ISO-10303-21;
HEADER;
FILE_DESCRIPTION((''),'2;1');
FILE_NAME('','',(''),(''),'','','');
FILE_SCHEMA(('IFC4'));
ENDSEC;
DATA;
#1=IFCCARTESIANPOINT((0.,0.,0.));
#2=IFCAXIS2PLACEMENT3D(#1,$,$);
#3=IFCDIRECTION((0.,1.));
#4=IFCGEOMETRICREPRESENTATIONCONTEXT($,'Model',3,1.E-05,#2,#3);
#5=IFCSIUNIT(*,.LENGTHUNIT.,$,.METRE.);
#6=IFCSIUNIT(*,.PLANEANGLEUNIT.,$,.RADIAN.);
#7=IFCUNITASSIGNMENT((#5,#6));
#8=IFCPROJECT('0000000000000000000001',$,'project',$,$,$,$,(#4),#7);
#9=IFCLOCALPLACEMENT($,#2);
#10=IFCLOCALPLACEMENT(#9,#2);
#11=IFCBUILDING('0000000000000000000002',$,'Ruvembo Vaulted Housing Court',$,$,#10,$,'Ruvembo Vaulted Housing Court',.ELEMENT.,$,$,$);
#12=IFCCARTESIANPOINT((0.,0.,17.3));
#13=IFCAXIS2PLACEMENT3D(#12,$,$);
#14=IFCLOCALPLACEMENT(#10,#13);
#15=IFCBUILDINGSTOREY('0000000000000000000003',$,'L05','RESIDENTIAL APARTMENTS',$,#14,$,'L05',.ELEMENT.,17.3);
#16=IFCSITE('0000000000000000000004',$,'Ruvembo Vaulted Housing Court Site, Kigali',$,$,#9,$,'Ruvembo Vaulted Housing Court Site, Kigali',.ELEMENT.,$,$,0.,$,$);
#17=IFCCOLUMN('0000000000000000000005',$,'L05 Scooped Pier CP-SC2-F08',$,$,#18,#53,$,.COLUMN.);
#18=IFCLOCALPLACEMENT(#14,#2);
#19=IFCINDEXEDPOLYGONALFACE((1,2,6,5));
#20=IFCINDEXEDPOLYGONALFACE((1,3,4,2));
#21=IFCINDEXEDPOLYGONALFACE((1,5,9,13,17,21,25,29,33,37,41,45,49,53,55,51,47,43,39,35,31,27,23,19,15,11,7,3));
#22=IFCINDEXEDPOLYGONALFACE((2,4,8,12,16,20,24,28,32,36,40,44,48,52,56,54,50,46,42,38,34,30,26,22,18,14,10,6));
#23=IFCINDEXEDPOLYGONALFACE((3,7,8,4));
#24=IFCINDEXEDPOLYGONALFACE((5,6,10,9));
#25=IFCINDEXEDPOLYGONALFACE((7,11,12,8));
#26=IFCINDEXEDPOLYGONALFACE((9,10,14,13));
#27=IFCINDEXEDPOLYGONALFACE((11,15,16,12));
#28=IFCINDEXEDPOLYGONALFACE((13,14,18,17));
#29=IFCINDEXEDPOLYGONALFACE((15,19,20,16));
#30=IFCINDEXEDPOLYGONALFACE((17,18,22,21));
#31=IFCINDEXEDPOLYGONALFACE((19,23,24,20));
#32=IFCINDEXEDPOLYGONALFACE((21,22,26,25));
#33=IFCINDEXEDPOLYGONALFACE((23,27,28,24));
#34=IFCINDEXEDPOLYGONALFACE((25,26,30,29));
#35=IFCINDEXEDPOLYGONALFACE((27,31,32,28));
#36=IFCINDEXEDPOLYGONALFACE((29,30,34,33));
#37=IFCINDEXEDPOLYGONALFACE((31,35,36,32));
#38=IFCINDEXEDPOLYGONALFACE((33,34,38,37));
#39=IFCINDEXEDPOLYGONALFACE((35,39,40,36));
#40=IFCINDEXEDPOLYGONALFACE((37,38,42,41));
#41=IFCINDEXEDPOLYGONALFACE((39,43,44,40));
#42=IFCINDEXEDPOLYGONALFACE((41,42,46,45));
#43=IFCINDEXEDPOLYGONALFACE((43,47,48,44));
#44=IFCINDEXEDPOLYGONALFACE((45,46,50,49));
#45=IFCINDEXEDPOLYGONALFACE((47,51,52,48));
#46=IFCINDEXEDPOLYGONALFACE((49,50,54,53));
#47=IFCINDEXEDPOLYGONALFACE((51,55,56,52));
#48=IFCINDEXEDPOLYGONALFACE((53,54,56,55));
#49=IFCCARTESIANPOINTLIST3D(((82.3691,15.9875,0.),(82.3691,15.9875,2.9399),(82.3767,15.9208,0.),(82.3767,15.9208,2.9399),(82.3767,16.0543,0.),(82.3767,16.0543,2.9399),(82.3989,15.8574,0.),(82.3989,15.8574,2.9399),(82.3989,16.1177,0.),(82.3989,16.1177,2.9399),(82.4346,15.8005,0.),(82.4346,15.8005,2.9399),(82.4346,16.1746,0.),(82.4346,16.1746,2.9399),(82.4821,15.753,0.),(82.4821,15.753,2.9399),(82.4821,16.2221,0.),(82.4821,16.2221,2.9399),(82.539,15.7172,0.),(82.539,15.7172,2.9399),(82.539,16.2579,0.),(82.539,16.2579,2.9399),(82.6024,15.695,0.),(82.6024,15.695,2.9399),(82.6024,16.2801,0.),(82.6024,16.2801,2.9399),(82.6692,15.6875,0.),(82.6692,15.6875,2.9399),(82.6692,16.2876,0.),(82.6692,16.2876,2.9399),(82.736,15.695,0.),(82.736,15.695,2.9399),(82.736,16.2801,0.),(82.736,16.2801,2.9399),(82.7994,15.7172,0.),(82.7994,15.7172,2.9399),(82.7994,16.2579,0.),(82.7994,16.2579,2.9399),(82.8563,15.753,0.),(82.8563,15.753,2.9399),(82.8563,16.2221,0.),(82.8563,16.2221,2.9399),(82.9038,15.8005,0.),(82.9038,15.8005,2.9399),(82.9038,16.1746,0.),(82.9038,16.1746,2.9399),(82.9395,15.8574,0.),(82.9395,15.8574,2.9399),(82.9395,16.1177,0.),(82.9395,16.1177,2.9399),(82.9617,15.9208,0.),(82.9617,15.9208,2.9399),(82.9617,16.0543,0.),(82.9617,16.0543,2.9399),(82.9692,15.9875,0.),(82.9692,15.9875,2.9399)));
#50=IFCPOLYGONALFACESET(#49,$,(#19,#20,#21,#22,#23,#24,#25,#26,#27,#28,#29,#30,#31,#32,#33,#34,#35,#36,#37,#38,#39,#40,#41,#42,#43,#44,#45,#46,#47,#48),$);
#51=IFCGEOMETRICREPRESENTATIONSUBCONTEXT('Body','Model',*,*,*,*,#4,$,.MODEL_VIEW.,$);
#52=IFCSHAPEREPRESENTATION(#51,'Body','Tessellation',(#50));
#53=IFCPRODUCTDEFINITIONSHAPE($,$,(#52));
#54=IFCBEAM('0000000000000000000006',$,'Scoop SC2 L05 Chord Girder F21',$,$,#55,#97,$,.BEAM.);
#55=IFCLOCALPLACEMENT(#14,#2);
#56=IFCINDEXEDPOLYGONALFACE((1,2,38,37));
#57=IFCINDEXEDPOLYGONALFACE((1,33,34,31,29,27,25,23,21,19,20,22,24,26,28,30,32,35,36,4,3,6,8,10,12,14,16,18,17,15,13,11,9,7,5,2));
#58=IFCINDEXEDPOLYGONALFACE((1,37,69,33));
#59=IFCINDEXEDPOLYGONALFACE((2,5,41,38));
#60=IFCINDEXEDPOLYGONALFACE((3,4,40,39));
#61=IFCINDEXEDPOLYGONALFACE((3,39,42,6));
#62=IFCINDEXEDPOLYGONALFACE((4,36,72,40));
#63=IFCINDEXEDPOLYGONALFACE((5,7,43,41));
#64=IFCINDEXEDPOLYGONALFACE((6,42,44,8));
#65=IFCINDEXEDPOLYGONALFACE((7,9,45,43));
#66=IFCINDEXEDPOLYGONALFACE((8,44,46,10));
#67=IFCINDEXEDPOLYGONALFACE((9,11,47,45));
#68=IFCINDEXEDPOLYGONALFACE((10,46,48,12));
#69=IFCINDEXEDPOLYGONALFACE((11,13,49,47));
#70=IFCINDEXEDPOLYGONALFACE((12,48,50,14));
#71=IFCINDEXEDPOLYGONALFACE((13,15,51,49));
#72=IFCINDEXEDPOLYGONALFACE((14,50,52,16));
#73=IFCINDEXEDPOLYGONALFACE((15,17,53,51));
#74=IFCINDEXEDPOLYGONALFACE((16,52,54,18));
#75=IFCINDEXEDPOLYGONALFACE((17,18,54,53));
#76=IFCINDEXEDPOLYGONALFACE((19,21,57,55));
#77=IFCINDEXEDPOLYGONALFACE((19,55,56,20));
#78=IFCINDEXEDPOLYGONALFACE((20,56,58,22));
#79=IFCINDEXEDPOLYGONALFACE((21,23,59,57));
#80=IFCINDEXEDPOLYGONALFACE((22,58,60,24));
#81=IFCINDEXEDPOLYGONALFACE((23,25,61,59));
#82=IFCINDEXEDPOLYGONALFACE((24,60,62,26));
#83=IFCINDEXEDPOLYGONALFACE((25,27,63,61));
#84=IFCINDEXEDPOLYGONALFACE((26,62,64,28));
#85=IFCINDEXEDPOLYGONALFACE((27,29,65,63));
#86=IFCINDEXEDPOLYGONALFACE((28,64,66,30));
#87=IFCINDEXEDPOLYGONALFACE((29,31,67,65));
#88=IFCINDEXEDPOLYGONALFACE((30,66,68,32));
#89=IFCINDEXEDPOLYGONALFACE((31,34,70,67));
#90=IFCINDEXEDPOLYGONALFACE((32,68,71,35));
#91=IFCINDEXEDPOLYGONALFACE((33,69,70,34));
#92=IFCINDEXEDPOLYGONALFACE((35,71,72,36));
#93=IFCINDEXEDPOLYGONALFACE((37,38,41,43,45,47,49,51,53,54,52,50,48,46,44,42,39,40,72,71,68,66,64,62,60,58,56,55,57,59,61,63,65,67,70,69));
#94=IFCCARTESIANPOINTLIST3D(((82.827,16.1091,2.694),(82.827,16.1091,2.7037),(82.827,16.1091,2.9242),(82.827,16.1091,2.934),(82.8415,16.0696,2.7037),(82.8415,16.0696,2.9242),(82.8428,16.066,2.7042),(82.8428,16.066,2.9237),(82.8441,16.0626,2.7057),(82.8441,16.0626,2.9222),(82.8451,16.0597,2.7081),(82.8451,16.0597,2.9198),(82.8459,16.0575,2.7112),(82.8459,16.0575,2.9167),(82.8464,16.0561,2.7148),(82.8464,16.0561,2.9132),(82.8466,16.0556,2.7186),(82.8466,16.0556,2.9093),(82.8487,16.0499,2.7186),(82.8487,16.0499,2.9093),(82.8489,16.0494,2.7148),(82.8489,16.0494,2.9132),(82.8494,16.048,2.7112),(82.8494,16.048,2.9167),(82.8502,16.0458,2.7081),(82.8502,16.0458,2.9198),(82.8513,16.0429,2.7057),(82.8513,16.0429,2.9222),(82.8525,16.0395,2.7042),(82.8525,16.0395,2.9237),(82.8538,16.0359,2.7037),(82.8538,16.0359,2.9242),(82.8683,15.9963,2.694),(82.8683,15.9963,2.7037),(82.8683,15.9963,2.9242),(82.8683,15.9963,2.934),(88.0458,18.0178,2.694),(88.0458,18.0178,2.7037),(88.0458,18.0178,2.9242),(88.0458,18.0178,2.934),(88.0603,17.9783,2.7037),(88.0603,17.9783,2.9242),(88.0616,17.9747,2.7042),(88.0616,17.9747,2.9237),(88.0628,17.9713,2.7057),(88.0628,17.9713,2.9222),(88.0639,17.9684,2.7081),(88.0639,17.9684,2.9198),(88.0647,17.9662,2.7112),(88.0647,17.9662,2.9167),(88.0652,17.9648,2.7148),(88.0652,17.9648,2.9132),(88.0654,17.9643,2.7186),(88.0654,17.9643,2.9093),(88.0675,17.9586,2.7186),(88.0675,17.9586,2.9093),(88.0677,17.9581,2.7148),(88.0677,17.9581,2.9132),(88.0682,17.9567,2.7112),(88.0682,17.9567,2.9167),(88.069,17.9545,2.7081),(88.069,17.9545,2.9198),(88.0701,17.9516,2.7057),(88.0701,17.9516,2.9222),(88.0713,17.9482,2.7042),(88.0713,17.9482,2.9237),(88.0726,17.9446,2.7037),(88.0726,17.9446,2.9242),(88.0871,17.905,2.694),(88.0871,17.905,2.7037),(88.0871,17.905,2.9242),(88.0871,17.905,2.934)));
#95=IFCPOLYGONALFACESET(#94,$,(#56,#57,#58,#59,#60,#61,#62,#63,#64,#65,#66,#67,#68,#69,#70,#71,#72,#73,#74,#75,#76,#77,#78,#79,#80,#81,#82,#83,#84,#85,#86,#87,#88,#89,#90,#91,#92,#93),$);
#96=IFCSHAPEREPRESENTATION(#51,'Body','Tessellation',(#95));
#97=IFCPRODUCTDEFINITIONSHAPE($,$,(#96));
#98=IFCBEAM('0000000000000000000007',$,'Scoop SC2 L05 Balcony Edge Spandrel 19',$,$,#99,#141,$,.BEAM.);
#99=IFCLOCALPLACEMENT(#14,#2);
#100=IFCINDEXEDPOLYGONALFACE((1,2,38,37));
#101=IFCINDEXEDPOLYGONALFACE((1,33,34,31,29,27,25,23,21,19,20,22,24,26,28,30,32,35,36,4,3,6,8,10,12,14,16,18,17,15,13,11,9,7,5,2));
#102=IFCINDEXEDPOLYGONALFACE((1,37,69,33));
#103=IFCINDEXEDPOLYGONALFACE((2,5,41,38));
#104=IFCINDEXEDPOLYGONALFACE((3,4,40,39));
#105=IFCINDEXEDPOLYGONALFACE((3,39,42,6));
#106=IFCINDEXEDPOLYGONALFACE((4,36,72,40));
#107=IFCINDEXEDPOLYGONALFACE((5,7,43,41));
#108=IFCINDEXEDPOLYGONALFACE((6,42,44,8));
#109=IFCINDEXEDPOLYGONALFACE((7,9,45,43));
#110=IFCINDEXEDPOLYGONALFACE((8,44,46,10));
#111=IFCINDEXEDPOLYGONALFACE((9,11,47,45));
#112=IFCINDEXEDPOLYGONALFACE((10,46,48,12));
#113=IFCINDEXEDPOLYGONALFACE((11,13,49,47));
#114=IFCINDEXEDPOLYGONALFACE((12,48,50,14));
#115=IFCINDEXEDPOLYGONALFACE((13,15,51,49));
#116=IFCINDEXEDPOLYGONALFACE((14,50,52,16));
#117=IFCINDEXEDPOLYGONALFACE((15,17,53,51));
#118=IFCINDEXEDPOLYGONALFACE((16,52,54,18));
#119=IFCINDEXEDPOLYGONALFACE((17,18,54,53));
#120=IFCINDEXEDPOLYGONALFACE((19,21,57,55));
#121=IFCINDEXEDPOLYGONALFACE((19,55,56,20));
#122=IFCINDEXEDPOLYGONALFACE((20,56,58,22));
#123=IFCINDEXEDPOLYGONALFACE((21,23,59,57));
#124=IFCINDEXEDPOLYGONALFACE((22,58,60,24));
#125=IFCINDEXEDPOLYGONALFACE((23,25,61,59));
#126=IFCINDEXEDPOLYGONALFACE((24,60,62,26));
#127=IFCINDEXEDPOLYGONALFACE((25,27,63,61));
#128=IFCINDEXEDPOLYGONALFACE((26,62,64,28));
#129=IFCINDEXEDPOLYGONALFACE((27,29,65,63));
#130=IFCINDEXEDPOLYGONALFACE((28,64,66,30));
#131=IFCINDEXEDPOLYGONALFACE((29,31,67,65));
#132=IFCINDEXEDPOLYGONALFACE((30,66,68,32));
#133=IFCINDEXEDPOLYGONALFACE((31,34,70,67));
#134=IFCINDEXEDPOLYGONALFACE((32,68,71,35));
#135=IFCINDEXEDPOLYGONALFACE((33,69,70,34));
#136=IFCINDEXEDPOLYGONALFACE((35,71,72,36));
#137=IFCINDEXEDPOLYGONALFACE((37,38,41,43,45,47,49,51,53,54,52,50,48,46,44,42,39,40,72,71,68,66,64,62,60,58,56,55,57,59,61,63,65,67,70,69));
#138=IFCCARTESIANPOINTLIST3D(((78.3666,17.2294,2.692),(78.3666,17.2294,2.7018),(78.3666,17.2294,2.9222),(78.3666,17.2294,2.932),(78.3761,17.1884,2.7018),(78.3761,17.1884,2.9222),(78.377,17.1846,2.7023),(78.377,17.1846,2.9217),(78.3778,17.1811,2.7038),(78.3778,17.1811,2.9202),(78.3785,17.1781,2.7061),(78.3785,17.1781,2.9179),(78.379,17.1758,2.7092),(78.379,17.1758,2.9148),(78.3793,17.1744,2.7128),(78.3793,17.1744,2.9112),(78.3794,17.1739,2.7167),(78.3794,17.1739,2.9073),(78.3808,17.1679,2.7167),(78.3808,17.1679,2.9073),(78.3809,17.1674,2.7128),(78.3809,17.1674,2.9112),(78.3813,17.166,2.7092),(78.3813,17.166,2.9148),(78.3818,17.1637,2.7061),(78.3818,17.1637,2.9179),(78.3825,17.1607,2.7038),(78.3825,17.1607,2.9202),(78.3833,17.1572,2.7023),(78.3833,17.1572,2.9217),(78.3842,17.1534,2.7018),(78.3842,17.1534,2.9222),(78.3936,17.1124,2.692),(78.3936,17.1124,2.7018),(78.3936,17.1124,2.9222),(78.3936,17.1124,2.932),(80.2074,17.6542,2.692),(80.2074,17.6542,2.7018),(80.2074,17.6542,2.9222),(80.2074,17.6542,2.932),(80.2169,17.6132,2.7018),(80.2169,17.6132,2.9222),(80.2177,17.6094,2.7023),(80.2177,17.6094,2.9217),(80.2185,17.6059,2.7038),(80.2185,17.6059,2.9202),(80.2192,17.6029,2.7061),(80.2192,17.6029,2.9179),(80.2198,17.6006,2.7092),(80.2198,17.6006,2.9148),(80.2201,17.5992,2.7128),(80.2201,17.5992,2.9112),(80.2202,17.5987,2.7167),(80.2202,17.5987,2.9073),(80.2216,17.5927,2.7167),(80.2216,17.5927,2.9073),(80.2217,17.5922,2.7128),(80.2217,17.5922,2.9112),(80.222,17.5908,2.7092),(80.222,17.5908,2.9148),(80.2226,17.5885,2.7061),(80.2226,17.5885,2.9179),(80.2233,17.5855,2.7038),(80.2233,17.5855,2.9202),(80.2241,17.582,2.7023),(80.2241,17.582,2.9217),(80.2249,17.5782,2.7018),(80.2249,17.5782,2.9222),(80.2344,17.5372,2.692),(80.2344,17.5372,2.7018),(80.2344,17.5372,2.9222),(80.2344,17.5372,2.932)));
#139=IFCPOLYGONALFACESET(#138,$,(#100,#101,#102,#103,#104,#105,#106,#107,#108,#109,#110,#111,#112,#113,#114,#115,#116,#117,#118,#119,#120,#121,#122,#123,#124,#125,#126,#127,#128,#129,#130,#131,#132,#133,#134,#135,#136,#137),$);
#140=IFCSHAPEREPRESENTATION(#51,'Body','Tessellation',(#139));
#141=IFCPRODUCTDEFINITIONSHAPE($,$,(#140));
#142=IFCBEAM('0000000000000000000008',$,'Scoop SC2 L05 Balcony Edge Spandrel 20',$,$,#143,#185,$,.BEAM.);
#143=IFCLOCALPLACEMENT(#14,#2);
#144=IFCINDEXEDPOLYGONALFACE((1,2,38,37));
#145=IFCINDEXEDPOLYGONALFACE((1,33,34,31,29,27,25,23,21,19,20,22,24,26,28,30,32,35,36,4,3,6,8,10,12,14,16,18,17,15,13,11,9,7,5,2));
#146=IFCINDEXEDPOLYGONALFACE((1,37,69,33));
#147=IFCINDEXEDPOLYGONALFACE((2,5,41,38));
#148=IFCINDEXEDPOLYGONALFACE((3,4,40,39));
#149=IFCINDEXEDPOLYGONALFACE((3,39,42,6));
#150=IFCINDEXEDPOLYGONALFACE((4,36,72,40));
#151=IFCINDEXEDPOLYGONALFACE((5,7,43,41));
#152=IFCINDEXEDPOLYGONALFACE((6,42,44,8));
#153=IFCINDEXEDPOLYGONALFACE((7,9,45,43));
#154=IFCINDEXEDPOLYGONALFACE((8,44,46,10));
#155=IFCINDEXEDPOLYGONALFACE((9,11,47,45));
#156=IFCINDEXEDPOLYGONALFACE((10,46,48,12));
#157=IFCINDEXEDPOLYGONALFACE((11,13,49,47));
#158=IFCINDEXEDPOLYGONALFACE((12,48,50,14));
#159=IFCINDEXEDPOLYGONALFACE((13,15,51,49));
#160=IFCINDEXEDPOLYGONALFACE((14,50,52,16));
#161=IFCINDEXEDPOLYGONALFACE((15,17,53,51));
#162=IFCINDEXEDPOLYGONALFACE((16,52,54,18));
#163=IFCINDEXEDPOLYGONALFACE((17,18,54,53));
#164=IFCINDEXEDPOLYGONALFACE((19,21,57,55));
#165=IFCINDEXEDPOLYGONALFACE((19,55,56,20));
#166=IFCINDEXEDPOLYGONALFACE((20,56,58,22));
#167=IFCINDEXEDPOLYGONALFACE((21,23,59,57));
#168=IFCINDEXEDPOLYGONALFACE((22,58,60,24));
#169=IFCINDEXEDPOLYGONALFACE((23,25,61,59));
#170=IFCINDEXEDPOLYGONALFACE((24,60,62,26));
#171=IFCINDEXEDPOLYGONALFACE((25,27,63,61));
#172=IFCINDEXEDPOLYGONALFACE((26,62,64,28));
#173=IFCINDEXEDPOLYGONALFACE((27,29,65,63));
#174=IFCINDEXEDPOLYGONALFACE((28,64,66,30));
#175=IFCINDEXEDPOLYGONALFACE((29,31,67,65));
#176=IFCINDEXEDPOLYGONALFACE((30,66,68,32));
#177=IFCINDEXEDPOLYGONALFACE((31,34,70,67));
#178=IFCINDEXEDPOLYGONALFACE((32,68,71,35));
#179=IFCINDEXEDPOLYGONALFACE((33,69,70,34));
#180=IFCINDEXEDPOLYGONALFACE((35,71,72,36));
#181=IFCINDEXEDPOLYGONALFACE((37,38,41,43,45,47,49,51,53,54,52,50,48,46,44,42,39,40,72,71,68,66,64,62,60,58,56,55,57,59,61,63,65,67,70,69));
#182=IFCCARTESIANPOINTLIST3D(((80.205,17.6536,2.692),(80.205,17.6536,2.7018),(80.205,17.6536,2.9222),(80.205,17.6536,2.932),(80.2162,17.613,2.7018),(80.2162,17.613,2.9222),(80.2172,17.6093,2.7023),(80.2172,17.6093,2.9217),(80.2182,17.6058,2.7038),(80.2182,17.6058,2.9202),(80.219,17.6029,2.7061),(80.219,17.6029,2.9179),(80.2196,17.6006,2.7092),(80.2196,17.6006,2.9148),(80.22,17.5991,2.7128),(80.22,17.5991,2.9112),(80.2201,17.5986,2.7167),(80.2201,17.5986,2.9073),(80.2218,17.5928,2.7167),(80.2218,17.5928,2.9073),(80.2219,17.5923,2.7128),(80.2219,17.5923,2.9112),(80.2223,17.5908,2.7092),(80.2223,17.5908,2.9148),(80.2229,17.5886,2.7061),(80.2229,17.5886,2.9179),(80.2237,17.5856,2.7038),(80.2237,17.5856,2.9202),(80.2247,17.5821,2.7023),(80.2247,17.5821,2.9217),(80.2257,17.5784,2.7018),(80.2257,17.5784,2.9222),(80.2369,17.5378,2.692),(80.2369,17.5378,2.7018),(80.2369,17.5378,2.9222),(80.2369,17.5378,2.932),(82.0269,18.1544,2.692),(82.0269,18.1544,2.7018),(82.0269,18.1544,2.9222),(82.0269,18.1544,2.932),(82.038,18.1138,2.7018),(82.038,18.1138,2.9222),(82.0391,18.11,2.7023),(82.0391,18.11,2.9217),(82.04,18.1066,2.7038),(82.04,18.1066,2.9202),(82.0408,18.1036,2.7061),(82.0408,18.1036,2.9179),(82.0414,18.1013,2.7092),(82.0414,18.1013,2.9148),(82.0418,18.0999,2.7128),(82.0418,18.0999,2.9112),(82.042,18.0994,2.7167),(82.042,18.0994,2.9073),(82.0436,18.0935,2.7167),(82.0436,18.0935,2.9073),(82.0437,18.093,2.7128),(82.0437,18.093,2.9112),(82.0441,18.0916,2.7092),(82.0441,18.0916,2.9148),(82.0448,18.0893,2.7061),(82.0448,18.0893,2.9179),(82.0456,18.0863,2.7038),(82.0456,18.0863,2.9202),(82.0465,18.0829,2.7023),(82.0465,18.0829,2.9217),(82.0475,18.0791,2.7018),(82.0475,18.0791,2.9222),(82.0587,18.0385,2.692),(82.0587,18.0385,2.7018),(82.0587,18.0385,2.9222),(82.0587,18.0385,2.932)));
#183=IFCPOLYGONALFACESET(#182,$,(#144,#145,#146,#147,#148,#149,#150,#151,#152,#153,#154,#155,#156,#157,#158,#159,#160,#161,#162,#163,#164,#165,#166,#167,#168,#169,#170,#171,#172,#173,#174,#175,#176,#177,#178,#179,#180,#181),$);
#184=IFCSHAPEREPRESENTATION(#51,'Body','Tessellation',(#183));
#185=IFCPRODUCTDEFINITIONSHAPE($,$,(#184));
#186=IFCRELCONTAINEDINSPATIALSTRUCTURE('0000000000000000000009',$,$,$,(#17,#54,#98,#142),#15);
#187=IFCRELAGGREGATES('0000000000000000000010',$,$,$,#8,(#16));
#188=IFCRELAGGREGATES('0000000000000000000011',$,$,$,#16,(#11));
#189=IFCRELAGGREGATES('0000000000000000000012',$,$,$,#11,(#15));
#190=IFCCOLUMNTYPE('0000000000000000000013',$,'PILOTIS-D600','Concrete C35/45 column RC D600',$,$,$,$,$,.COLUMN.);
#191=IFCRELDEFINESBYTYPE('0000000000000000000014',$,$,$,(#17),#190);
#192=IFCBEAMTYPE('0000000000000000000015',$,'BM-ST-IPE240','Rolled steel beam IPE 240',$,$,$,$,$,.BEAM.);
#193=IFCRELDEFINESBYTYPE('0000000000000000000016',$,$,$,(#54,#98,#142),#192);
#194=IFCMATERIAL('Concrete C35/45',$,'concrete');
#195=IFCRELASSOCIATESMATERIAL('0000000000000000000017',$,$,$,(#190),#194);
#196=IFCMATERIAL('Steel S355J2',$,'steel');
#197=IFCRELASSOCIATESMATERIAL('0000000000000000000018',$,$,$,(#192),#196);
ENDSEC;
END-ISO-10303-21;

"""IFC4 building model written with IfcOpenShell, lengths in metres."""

from ifc_helpers import new_model, si_unit, direction, frame, origin, origin_2d, place, context, subcontext, project, spatial, circle, i_section, extrude, material, material_profile, profile_set, type_object, element, save


model = new_model("IFC4")

# Units and contexts
model_context = context("Model", 3, precision=1e-05, world=origin(), true_north=direction((0.0, 1.0)))
body_context = subcontext(model_context, "Body", "Model", "MODEL_VIEW")
ifc_project = project(units=[si_unit("LENGTHUNIT", "METRE"), si_unit("PLANEANGLEUNIT", "RADIAN")], contexts=[model_context])

# Site, building, storey
site_placement = place(None, origin())
site = spatial("IfcSite", under=ifc_project, at=site_placement, Name="Ruvembo Vaulted Housing Court Site, Kigali", LongName="Ruvembo Vaulted Housing Court Site, Kigali", CompositionType="ELEMENT", RefElevation=0.0)
building_placement = place(site_placement, origin())
building = spatial("IfcBuilding", under=site, at=building_placement, Name="Ruvembo Vaulted Housing Court", LongName="Ruvembo Vaulted Housing Court", CompositionType="ELEMENT")
storey_placement = place(building_placement, frame((0.0, 0.0, 17.3)))
storey = spatial("IfcBuildingStorey", under=building, at=storey_placement, Name="L05", Description="RESIDENTIAL APARTMENTS", LongName="L05", CompositionType="ELEMENT", Elevation=17.3)

# Column
ifc_material_1 = material(Name="Concrete C35/45", Category="concrete")
ifc_material_profile_1 = material_profile(ifc_material_1, circle(Radius=0.3, at=origin_2d()), Name="RC D600")
ifc_profile_set_1 = profile_set([ifc_material_profile_1], Name="Concrete C35/45")
column_type = type_object("IfcColumnType", Name="PILOTIS-D600", Description="Concrete C35/45 column RC D600", PredefinedType="COLUMN", material=ifc_profile_set_1)
column_placement = place(storey_placement, frame((82.6692, 15.9875, 0.0), z_axis=(0.0, 0.0, 1.0), x_axis=(1.0, 0.0, 0.0)))
element("IfcColumn", 1, at=column_placement, inside=storey, type_object=column_type, Name="L05 Scooped Pier CP-SC2-F08", PredefinedType="COLUMN", context=body_context, shape_type="SweptSolid", body=[
    extrude(circle(Radius=0.3, at=origin_2d()), origin(), (0.0, 0.0, 1.0), 2.9399),
])

# Beams
ifc_material_2 = material(Name="Steel S355J2", Category="steel")
ifc_material_profile_2 = material_profile(ifc_material_2, i_section(OverallWidth=0.1201, OverallDepth=0.24, WebThickness=0.0061, FlangeThickness=0.0098, FilletRadius=0.0149, at=origin_2d()), Name="IPE 240")
ifc_profile_set_2 = profile_set([ifc_material_profile_2], Name="Steel S355J2")
beam_type = type_object("IfcBeamType", Name="BM-ST-IPE240", Description="Rolled steel beam IPE 240", PredefinedType="BEAM", material=ifc_profile_set_2)
beam_1_placement = place(storey_placement, frame((82.8477, 16.0527, 2.814), z_axis=(0.939158, 0.343485, 0.0), x_axis=(-0.343485, 0.939158, 0.0)))
element("IfcBeam", 2, at=beam_1_placement, inside=storey, type_object=beam_type, Name="Scoop SC2 L05 Chord Girder F21", PredefinedType="BEAM", context=body_context, shape_type="SweptSolid", body=[
    extrude(i_section(OverallWidth=0.1201, OverallDepth=0.24, WebThickness=0.0061, FlangeThickness=0.0098, FilletRadius=0.0149, at=origin_2d()), origin(), (0.0, 0.0, 1.0), 5.5569),
])
beam_2_placement = place(storey_placement, frame((78.3801, 17.1709, 2.812), z_axis=(0.974391, 0.22486, 0.0), x_axis=(-0.22486, 0.974391, 0.0)))
element("IfcBeam", 3, at=beam_2_placement, inside=storey, type_object=beam_type, Name="Scoop SC2 L05 Balcony Edge Spandrel 19", PredefinedType="BEAM", context=body_context, shape_type="SweptSolid", body=[
    extrude(i_section(OverallWidth=0.1201, OverallDepth=0.24, WebThickness=0.0061, FlangeThickness=0.0098, FilletRadius=0.0149, at=origin_2d()), origin(), (0.0, 0.0, 1.0), 1.8892),
])
beam_3_placement = place(storey_placement, frame((80.2209, 17.5957, 2.812), z_axis=(0.96424, 0.26503, 0.0), x_axis=(-0.26503, 0.96424, 0.0)))
element("IfcBeam", 4, at=beam_3_placement, inside=storey, type_object=beam_type, Name="Scoop SC2 L05 Balcony Edge Spandrel 20", PredefinedType="BEAM", context=body_context, shape_type="SweptSolid", body=[
    extrude(i_section(OverallWidth=0.1201, OverallDepth=0.24, WebThickness=0.0061, FlangeThickness=0.0098, FilletRadius=0.0149, at=origin_2d()), origin(), (0.0, 0.0, 1.0), 1.8894),
])

save(model, "model.ifc")
